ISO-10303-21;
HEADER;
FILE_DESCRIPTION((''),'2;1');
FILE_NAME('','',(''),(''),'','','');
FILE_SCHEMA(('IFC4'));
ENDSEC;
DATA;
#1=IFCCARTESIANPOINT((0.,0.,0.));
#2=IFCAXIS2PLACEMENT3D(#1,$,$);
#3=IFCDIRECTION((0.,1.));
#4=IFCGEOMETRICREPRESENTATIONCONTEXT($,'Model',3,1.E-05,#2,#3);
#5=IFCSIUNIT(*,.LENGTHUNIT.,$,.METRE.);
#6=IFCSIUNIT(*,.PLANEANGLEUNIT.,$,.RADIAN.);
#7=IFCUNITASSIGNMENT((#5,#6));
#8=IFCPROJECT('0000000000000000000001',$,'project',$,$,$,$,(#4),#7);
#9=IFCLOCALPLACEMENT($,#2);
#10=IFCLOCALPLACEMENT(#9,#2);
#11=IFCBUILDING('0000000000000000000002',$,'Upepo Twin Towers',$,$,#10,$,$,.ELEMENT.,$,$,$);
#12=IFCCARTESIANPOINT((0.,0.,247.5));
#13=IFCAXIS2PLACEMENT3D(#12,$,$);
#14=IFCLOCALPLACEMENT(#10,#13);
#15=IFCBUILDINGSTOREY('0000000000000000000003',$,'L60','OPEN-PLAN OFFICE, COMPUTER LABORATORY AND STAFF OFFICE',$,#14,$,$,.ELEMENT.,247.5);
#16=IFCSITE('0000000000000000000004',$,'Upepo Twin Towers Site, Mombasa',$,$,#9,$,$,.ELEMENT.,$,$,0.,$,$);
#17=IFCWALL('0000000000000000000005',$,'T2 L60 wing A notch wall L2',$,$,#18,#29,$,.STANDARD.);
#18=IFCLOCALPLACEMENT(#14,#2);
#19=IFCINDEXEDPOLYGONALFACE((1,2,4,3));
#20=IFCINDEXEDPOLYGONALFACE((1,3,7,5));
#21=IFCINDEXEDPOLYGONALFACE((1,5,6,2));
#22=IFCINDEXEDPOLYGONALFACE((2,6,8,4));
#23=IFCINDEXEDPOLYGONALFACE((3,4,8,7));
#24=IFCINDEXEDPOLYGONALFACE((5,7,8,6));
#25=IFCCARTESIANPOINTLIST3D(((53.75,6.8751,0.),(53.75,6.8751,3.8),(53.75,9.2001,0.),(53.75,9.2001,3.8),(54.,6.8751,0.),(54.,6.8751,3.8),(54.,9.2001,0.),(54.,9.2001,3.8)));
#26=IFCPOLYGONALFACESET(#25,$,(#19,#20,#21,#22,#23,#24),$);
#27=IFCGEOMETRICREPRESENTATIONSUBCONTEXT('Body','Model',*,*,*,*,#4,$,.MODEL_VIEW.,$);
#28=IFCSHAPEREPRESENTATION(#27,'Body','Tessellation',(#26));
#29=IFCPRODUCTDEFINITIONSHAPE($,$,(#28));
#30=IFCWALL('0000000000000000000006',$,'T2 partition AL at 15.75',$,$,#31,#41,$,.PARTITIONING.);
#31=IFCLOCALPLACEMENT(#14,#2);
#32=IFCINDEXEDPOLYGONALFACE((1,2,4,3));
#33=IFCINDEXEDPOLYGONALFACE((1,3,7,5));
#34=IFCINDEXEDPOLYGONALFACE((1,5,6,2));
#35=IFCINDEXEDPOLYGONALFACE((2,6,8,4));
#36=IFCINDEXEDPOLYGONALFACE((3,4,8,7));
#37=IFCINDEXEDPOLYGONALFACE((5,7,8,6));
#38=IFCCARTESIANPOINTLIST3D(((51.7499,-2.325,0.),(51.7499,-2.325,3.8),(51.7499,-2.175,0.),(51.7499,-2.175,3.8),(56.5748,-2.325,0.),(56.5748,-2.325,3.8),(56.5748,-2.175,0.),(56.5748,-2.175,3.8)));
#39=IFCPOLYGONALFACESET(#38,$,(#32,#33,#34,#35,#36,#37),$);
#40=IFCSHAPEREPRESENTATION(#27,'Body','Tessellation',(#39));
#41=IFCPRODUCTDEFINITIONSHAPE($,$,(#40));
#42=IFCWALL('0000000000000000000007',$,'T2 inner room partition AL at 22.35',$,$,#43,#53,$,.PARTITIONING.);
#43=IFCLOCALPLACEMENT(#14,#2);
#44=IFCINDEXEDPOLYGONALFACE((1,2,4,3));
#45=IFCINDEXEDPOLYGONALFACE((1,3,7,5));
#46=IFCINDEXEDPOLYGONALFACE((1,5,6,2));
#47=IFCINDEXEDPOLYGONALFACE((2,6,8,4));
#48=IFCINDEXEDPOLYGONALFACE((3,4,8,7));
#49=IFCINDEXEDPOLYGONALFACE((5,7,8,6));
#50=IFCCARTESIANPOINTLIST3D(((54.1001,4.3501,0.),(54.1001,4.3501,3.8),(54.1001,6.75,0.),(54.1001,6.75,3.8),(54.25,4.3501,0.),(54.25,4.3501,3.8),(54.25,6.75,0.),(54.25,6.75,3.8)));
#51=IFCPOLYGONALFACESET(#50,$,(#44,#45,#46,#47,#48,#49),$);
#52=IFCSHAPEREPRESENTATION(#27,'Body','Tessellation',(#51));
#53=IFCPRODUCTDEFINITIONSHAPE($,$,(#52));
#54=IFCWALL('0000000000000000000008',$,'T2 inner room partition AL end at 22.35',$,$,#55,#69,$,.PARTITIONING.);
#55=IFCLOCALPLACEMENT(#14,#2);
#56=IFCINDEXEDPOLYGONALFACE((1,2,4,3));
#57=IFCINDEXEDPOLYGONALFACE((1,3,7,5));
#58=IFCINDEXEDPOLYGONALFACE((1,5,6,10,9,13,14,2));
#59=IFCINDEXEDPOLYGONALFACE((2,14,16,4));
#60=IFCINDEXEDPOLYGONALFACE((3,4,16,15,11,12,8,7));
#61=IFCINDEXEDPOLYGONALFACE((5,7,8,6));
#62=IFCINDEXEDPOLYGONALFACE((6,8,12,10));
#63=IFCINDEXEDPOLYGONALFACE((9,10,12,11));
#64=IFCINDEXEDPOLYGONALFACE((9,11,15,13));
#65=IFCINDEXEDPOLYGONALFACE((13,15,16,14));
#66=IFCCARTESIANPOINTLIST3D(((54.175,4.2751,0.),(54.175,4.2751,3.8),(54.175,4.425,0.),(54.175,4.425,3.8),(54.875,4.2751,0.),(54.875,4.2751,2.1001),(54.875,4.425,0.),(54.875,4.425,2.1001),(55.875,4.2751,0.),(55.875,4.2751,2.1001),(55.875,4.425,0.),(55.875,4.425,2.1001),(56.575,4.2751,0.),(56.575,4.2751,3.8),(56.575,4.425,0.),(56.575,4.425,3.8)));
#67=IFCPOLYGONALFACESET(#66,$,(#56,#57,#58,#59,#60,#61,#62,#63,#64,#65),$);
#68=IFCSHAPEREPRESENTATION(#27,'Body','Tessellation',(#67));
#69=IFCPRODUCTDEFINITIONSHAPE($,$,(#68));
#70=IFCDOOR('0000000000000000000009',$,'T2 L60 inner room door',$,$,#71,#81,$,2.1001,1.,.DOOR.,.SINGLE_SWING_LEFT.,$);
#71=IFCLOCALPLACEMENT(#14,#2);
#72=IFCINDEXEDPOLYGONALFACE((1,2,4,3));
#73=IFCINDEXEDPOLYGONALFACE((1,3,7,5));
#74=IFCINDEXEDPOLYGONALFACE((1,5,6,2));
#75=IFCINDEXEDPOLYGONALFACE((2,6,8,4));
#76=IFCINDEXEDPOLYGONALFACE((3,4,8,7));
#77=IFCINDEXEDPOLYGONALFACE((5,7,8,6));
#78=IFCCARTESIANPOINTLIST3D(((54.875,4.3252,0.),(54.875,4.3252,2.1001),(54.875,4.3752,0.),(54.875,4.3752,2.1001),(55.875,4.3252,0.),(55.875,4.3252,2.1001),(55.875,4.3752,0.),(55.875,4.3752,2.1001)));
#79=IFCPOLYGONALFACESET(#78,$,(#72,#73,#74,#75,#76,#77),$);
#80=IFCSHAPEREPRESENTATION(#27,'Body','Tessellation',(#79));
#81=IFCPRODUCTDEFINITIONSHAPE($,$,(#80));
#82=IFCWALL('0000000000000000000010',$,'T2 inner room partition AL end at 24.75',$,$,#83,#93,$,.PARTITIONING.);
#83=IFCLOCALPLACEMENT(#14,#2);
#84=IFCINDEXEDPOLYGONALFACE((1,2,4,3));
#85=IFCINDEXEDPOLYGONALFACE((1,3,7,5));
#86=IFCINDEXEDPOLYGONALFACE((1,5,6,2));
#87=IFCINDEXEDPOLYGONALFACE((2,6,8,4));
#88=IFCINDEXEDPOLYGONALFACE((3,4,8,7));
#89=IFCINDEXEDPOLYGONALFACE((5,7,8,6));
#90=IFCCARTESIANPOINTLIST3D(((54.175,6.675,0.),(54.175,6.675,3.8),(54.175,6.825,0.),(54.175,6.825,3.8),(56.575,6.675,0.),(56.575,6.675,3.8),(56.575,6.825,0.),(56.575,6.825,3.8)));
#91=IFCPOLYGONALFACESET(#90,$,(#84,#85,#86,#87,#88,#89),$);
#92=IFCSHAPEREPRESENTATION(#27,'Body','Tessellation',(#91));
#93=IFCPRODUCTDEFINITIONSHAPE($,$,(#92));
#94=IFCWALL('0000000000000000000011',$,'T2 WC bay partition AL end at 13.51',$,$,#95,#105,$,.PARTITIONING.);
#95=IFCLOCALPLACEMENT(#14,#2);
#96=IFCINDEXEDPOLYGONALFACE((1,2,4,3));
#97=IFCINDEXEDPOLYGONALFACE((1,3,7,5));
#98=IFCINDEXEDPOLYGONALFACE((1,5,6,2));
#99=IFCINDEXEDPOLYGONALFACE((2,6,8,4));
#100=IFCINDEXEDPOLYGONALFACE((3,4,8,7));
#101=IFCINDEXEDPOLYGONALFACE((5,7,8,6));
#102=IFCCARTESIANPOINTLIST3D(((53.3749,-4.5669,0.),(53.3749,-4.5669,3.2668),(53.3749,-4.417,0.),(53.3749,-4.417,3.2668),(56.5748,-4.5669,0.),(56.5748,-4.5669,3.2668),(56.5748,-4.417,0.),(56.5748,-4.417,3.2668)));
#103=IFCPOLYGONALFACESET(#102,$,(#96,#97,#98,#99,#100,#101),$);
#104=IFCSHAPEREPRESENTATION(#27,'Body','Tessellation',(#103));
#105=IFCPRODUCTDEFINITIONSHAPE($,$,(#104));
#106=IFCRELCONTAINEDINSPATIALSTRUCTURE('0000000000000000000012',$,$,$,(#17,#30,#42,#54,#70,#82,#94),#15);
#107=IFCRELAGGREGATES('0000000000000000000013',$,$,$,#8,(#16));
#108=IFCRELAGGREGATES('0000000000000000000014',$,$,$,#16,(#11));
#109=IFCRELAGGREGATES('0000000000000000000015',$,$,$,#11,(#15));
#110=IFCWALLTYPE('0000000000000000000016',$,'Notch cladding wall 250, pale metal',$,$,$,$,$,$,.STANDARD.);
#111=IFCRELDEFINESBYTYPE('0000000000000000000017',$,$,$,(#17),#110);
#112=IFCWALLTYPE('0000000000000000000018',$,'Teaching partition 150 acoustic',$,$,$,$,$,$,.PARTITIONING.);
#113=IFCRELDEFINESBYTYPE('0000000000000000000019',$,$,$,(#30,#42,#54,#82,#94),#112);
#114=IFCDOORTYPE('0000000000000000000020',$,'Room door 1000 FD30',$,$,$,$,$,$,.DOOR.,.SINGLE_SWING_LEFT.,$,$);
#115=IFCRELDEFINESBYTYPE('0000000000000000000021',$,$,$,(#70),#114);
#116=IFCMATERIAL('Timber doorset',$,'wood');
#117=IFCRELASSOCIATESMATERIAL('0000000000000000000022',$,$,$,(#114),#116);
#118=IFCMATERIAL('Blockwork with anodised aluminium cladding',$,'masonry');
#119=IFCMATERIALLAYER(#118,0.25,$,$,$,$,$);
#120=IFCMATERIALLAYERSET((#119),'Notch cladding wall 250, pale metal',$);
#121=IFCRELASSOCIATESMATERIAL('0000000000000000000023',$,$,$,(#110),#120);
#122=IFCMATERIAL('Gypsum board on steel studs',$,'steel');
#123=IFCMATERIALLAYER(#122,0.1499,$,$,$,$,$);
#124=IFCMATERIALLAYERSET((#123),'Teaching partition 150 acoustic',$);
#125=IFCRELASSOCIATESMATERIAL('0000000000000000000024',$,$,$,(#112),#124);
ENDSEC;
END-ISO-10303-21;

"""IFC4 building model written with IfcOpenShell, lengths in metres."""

from ifc_helpers import new_model, si_unit, direction, frame, frame_2d, origin, place, context, subcontext, project, spatial, rectangle, extrude, material, layer, layer_set, type_object, element, fill, save


model = new_model("IFC4")

# Units and contexts
model_context = context("Model", 3, precision=1e-05, world=origin(), true_north=direction((0.0, 1.0)))
body_context = subcontext(model_context, "Body", "Model", "MODEL_VIEW")
ifc_project = project(units=[si_unit("LENGTHUNIT", "METRE"), si_unit("PLANEANGLEUNIT", "RADIAN")], contexts=[model_context])

# Site, building, storey
site_placement = place(None, origin())
site = spatial("IfcSite", under=ifc_project, at=site_placement, Name="Upepo Twin Towers Site, Mombasa", CompositionType="ELEMENT", RefElevation=0.0)
building_placement = place(site_placement, origin())
building = spatial("IfcBuilding", under=site, at=building_placement, Name="Upepo Twin Towers", CompositionType="ELEMENT")
storey_placement = place(building_placement, frame((0.0, 0.0, 247.5)))
storey = spatial("IfcBuildingStorey", under=building, at=storey_placement, Name="L60", Description="OPEN-PLAN OFFICE, COMPUTER LABORATORY AND STAFF OFFICE", CompositionType="ELEMENT", Elevation=247.5)

# Shared definitions
ifc_material_1 = material(Name="Timber doorset", Category="wood")
door_type_1 = type_object("IfcDoorType", Name="Room door 1000 FD30", OperationType="SINGLE_SWING_LEFT", PredefinedType="DOOR", material=ifc_material_1)

# Walls
ifc_material_2 = material(Name="Blockwork with anodised aluminium cladding", Category="masonry")
ifc_layer_1 = layer(ifc_material_2, 0.25)
ifc_layer_set_1 = layer_set([ifc_layer_1], Name="Notch cladding wall 250, pale metal")
wall_type_1 = type_object("IfcWallType", Name="Notch cladding wall 250, pale metal", PredefinedType="STANDARD", material=ifc_layer_set_1)
wall_1_placement = place(storey_placement, frame((53.875, 6.875, 0.0), z_axis=(0.0, 0.0, 1.0), x_axis=(0.0, 1.0, 0.0)))
element("IfcWall", 1, at=wall_1_placement, inside=storey, type_object=wall_type_1, Name="T2 L60 wing A notch wall L2", PredefinedType="STANDARD", context=body_context, shape_type="SweptSolid", body=[
    extrude(rectangle(XDim=2.325, YDim=0.25, at=frame_2d((1.1626, 0.0))), origin(), (0.0, 0.0, 1.0), 3.8),
])
ifc_material_3 = material(Name="Gypsum board on steel studs", Category="steel")
ifc_layer_2 = layer(ifc_material_3, 0.1499)
ifc_layer_set_2 = layer_set([ifc_layer_2], Name="Teaching partition 150 acoustic")
wall_type_2 = type_object("IfcWallType", Name="Teaching partition 150 acoustic", PredefinedType="PARTITIONING", material=ifc_layer_set_2)
wall_2_placement = place(storey_placement, frame((56.575, -2.25, 0.0), z_axis=(0.0, 0.0, 1.0), x_axis=(-1.0, 0.0, 0.0)))
element("IfcWall", 2, at=wall_2_placement, inside=storey, type_object=wall_type_2, Name="T2 partition AL at 15.75", PredefinedType="PARTITIONING", context=body_context, shape_type="SweptSolid", body=[
    extrude(rectangle(XDim=4.825, YDim=0.1499, at=frame_2d((2.4126, 0.0))), origin(), (0.0, 0.0, 1.0), 3.8),
])
wall_3_placement = place(storey_placement, frame((54.175, 4.3501, 0.0), z_axis=(0.0, 0.0, 1.0), x_axis=(0.0, 1.0, 0.0)))
element("IfcWall", 3, at=wall_3_placement, inside=storey, type_object=wall_type_2, Name="T2 inner room partition AL at 22.35", PredefinedType="PARTITIONING", context=body_context, shape_type="SweptSolid", body=[
    extrude(rectangle(XDim=2.3999, YDim=0.1499, at=frame_2d((1.2, 0.0))), origin(), (0.0, 0.0, 1.0), 3.8),
])

# Wall, opening, door
wall_4_placement = place(storey_placement, frame((56.575, 4.3501, 0.0), z_axis=(0.0, 0.0, 1.0), x_axis=(-1.0, 0.0, 0.0)))
wall_4 = element("IfcWall", 4, at=wall_4_placement, inside=storey, type_object=wall_type_2, Name="T2 inner room partition AL end at 22.35", PredefinedType="PARTITIONING", context=body_context, shape_type="SweptSolid", body=[
    extrude(rectangle(XDim=2.3999, YDim=0.1499, at=frame_2d((1.2, 0.0))), origin(), (0.0, 0.0, 1.0), 3.8),
])
opening_1_placement = place(wall_4_placement, frame((0.7, 0.0, 0.0)))
opening_1 = element("IfcOpeningElement", 5, at=opening_1_placement, cuts=wall_4, PredefinedType="OPENING", context=body_context, shape_type="SweptSolid", body=[
    extrude(rectangle(XDim=1.0, YDim=2.1001, at=frame_2d((0.5, 1.05))), frame((0.0, 0.085, 0.0), z_axis=(0.0, -1.0, 0.0), x_axis=(1.0, 0.0, 0.0)), (0.0, 0.0, 1.0), 0.1699),
])
door_1_placement = place(opening_1_placement, origin())
door_1 = element("IfcDoor", 6, at=door_1_placement, inside=storey, type_object=door_type_1, Name="T2 L60 inner room door", OperationType="SINGLE_SWING_LEFT", OverallHeight=2.1001, OverallWidth=1.0, PredefinedType="DOOR", context=body_context, shape_type="SweptSolid", body=[
    extrude(rectangle(XDim=1.0, YDim=2.1001, at=frame_2d((0.5, 1.05))), frame((0.0, 0.0249, 0.0), z_axis=(0.0, -1.0, 0.0), x_axis=(1.0, 0.0, 0.0)), (0.0, 0.0, 1.0), 0.05),
])
fill(opening_1, door_1)

# Walls
wall_5_placement = place(storey_placement, frame((56.575, 6.75, 0.0), z_axis=(0.0, 0.0, 1.0), x_axis=(-1.0, 0.0, 0.0)))
element("IfcWall", 7, at=wall_5_placement, inside=storey, type_object=wall_type_2, Name="T2 inner room partition AL end at 24.75", PredefinedType="PARTITIONING", context=body_context, shape_type="SweptSolid", body=[
    extrude(rectangle(XDim=2.3999, YDim=0.1499, at=frame_2d((1.2, 0.0))), origin(), (0.0, 0.0, 1.0), 3.8),
])
wall_6_placement = place(storey_placement, frame((56.575, -4.4919, 0.0), z_axis=(0.0, 0.0, 1.0), x_axis=(-1.0, 0.0, 0.0)))
element("IfcWall", 8, at=wall_6_placement, inside=storey, type_object=wall_type_2, Name="T2 WC bay partition AL end at 13.51", PredefinedType="PARTITIONING", context=body_context, shape_type="SweptSolid", body=[
    extrude(rectangle(XDim=3.2, YDim=0.1499, at=frame_2d((1.6001, 0.0))), origin(), (0.0, 0.0, 1.0), 3.2668),
])

save(model, "model.ifc")
